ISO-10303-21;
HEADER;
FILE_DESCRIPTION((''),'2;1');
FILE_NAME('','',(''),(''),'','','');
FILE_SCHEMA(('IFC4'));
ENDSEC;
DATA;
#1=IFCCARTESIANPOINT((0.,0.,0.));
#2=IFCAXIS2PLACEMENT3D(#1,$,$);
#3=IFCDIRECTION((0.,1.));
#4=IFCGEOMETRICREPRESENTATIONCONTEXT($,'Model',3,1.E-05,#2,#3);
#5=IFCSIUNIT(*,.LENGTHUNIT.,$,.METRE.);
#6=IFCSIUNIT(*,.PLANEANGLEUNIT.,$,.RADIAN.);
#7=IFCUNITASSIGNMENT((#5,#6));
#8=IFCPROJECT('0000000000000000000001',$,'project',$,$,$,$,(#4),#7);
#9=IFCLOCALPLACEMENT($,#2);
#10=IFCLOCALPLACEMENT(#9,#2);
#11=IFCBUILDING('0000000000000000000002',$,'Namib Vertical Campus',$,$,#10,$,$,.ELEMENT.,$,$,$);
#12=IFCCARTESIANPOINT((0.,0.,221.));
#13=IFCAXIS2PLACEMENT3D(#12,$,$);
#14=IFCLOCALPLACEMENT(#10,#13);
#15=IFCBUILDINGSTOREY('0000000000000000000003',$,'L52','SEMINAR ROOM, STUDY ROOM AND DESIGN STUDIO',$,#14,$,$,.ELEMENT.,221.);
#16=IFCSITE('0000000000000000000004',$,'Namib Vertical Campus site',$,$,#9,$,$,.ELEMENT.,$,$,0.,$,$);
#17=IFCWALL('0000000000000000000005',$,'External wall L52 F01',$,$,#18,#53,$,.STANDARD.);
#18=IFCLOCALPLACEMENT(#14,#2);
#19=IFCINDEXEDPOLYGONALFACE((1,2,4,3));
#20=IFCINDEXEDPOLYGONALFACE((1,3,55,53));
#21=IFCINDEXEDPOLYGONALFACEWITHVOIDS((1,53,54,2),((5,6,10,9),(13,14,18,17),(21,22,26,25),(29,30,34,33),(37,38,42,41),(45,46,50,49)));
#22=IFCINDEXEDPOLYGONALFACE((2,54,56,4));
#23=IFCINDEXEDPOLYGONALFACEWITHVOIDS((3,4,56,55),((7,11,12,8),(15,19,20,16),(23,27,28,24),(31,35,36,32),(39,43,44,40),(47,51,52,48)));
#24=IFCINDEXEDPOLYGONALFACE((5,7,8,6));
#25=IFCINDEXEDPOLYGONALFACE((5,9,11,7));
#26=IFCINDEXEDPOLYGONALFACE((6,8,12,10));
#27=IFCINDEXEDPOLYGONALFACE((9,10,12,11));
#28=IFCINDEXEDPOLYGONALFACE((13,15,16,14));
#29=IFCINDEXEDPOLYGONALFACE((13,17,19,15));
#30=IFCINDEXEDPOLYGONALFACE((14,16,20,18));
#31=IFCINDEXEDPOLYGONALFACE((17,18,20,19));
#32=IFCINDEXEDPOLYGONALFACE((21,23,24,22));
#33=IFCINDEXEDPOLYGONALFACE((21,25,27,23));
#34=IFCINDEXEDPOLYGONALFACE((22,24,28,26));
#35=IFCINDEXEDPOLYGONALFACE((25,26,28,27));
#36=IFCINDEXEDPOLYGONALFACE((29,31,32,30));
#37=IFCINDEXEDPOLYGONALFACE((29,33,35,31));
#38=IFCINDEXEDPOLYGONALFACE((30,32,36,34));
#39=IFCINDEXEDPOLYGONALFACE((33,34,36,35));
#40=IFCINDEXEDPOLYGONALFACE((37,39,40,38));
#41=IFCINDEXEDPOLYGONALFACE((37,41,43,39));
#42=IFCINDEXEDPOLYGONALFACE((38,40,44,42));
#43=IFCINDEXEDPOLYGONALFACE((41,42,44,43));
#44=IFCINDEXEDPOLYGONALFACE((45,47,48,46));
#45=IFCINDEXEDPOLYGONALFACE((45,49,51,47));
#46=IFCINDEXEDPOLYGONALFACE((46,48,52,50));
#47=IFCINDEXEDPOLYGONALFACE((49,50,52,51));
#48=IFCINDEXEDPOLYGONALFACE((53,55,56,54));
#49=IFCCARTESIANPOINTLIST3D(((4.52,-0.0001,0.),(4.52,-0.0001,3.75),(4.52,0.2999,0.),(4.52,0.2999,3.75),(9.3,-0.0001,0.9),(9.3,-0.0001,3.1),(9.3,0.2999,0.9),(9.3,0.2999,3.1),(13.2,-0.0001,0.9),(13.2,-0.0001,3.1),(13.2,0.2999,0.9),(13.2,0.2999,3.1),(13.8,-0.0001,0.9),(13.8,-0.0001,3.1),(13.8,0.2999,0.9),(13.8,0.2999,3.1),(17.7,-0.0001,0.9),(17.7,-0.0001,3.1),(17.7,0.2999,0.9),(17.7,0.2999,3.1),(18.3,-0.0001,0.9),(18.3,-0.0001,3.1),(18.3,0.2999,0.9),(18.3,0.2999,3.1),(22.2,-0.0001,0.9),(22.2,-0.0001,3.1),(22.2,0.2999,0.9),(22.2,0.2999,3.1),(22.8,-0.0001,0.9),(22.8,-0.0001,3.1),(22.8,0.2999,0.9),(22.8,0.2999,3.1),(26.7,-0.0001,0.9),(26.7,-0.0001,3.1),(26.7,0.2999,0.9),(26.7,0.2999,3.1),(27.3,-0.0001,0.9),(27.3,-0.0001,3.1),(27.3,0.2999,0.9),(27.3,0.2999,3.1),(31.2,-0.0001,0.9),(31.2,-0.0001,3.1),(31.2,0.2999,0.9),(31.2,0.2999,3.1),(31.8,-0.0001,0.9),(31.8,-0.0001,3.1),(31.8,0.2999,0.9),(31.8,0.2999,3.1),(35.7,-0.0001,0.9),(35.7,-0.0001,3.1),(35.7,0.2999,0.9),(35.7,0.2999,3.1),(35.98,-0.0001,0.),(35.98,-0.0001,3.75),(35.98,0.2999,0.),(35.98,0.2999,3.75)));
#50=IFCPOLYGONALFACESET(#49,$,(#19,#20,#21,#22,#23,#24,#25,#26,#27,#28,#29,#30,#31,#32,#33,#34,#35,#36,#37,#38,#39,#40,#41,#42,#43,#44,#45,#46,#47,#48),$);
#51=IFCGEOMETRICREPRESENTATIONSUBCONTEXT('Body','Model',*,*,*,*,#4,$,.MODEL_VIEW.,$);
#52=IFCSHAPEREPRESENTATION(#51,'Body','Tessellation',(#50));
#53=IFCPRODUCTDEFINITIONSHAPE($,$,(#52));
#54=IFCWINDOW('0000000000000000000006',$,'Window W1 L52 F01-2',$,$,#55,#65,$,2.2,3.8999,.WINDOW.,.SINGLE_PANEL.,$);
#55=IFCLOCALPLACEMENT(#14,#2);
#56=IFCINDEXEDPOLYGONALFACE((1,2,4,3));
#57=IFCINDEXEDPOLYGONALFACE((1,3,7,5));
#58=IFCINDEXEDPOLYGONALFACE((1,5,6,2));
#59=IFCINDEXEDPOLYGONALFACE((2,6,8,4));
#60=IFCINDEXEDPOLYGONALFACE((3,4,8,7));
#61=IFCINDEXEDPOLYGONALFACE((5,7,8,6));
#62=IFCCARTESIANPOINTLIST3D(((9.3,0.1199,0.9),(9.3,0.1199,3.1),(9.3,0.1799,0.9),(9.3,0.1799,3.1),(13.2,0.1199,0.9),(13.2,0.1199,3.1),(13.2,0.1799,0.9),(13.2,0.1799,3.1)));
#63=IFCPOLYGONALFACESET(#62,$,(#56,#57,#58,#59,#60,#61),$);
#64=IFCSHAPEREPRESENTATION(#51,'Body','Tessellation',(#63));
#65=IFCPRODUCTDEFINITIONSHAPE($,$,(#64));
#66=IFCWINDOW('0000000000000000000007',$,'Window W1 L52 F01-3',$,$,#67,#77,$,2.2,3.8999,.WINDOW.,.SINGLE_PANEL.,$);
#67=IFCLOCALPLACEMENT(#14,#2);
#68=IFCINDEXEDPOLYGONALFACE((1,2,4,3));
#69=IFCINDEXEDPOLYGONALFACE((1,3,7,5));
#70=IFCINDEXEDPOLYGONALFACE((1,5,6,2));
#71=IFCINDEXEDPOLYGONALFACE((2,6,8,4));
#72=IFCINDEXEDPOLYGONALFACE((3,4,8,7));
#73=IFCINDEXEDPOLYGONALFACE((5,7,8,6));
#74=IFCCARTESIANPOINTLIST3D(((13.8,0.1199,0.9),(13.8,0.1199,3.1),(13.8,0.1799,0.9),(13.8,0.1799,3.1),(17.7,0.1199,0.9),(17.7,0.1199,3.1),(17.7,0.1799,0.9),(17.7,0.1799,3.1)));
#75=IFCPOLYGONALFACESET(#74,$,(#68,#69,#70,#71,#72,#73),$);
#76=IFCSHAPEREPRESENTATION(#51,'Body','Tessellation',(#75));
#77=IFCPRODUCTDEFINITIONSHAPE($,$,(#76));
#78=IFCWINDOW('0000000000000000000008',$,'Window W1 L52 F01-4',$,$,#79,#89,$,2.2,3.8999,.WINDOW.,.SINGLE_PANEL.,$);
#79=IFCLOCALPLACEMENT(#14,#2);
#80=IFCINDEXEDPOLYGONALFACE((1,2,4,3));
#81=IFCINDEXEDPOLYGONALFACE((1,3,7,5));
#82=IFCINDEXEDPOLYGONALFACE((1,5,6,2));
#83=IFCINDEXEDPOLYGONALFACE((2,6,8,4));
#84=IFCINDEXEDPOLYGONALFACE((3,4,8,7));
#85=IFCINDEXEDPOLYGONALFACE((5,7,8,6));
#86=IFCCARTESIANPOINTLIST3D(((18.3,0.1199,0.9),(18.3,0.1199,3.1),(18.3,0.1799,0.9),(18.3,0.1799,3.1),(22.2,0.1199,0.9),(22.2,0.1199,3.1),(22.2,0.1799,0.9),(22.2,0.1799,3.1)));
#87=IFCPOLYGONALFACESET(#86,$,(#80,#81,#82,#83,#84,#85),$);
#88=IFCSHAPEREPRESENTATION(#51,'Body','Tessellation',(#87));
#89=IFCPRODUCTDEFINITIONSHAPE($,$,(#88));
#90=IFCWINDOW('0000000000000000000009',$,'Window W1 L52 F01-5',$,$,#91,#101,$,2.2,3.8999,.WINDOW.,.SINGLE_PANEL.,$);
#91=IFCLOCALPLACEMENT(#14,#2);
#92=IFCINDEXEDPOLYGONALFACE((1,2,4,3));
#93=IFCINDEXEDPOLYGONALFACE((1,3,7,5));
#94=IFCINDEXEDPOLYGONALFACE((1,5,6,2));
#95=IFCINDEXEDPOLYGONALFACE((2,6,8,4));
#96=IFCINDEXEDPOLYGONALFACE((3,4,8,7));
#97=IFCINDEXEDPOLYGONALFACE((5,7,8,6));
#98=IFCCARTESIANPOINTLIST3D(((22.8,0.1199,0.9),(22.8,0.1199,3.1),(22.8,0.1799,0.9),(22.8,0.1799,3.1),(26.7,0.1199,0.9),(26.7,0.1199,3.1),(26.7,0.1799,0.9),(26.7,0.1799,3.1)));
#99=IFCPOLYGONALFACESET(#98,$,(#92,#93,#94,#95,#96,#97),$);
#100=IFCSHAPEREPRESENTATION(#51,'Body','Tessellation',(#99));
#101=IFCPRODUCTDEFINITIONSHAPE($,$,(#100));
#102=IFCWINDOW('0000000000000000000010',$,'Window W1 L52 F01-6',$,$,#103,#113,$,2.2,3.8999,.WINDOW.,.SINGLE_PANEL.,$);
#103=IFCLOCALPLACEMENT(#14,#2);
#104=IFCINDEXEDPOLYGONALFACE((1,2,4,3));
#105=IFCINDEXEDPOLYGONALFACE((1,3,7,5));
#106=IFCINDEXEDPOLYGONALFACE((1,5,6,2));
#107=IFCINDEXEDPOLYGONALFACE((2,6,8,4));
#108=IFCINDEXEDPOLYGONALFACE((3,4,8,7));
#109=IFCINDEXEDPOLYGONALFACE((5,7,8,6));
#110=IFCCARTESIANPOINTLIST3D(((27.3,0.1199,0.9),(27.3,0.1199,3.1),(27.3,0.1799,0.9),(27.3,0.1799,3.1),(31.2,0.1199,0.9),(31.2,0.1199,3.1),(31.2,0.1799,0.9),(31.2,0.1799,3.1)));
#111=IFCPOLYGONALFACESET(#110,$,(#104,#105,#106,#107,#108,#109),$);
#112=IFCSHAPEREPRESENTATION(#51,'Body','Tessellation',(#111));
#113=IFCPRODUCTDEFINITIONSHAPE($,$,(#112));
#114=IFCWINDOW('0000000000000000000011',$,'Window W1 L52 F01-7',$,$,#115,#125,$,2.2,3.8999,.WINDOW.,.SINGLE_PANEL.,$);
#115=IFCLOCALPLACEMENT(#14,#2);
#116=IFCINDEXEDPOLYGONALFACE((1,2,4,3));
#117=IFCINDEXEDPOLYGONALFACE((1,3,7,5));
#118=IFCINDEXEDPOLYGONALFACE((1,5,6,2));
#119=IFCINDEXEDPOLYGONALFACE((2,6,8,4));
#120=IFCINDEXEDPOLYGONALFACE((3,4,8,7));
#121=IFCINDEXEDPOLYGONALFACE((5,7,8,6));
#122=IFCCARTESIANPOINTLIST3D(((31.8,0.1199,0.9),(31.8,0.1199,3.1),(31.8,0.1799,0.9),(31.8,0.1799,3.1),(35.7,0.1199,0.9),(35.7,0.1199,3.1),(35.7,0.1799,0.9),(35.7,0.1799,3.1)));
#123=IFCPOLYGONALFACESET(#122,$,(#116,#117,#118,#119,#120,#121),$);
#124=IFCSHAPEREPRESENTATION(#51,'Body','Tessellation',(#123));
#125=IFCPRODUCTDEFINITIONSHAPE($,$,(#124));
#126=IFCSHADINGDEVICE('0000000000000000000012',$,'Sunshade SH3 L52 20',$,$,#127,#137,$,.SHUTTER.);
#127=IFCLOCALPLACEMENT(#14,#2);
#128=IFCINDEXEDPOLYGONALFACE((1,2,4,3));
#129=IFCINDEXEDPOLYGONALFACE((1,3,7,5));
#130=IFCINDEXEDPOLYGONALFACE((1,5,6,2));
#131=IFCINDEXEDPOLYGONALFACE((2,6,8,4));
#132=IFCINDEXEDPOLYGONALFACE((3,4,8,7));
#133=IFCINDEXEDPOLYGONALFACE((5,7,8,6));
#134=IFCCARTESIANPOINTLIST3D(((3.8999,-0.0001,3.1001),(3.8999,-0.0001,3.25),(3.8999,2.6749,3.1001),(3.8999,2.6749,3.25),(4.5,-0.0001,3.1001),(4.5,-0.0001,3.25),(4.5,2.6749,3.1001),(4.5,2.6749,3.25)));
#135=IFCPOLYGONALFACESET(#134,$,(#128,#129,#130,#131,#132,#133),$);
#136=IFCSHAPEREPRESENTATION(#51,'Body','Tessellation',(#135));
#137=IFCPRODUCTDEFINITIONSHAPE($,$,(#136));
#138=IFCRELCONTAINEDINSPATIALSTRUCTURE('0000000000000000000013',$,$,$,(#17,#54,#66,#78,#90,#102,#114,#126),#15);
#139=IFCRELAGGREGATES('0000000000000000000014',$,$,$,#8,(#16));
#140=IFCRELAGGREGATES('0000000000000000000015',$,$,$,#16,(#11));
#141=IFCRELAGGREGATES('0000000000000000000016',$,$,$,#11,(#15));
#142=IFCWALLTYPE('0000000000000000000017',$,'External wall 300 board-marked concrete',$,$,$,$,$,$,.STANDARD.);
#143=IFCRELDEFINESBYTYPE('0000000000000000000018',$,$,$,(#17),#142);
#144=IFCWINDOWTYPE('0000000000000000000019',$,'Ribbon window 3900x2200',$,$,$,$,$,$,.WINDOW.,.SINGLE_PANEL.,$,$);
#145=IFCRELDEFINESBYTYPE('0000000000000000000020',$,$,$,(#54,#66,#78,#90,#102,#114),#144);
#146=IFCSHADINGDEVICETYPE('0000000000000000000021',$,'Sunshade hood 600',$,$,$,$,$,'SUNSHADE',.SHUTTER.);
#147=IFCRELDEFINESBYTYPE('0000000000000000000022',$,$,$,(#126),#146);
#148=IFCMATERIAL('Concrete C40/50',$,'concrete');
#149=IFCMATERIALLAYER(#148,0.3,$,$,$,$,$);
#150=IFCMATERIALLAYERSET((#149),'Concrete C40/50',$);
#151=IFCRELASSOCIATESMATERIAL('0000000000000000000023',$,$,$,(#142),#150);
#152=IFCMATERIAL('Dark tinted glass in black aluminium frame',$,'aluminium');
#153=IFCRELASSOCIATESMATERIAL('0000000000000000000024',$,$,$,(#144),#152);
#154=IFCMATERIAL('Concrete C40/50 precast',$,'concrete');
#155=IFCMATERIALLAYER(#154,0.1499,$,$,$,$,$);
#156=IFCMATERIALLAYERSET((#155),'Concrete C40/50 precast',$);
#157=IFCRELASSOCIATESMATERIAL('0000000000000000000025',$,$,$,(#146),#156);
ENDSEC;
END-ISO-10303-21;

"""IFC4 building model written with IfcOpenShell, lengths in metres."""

from ifc_helpers import new_model, si_unit, direction, frame, frame_2d, origin, origin_2d, place, context, subcontext, project, spatial, rectangle, extrude, material, layer, layer_set, type_object, element, fill, save


model = new_model("IFC4")

# Units and contexts
model_context = context("Model", 3, precision=1e-05, world=origin(), true_north=direction((0.0, 1.0)))
body_context = subcontext(model_context, "Body", "Model", "MODEL_VIEW")
ifc_project = project(units=[si_unit("LENGTHUNIT", "METRE"), si_unit("PLANEANGLEUNIT", "RADIAN")], contexts=[model_context])

# Site, building, storey
site_placement = place(None, origin())
site = spatial("IfcSite", under=ifc_project, at=site_placement, Name="Namib Vertical Campus site", CompositionType="ELEMENT", RefElevation=0.0)
building_placement = place(site_placement, origin())
building = spatial("IfcBuilding", under=site, at=building_placement, Name="Namib Vertical Campus", CompositionType="ELEMENT")
storey_placement = place(building_placement, frame((0.0, 0.0, 221.0)))
storey = spatial("IfcBuildingStorey", under=building, at=storey_placement, Name="L52", Description="SEMINAR ROOM, STUDY ROOM AND DESIGN STUDIO", CompositionType="ELEMENT", Elevation=221.0)

# Wall, openings, windows
ifc_material_1 = material(Name="Concrete C40/50", Category="concrete")
ifc_layer_1 = layer(ifc_material_1, 0.3)
ifc_layer_set_1 = layer_set([ifc_layer_1], Name="Concrete C40/50")
wall_type = type_object("IfcWallType", Name="External wall 300 board-marked concrete", PredefinedType="STANDARD", material=ifc_layer_set_1)
wall_placement = place(storey_placement, frame((4.52, 0.1499, 0.0), z_axis=(0.0, 0.0, 1.0), x_axis=(1.0, 0.0, 0.0)))
wall = element("IfcWall", 1, at=wall_placement, inside=storey, type_object=wall_type, Name="External wall L52 F01", PredefinedType="STANDARD", context=body_context, shape_type="SweptSolid", body=[
    extrude(rectangle(XDim=31.46, YDim=0.3, at=frame_2d((15.73, 0.0))), origin(), (0.0, 0.0, 1.0), 3.75),
])
opening_1_placement = place(wall_placement, frame((4.78, 0.0, 0.8999)))
opening_1 = element("IfcOpeningElement", 2, at=opening_1_placement, cuts=wall, PredefinedType="OPENING", context=body_context, shape_type="SweptSolid", body=[
    extrude(rectangle(XDim=3.8999, YDim=2.2, at=frame_2d((1.95, 1.1001))), frame((0.0, 0.1599, 0.0), z_axis=(0.0, -1.0, 0.0), x_axis=(1.0, 0.0, 0.0)), (0.0, 0.0, 1.0), 0.3201),
])
opening_2_placement = place(wall_placement, frame((9.28, 0.0, 0.8999)))
opening_2 = element("IfcOpeningElement", 3, at=opening_2_placement, cuts=wall, PredefinedType="OPENING", context=body_context, shape_type="SweptSolid", body=[
    extrude(rectangle(XDim=3.8999, YDim=2.2, at=frame_2d((1.95, 1.1001))), frame((0.0, 0.1599, 0.0), z_axis=(0.0, -1.0, 0.0), x_axis=(1.0, 0.0, 0.0)), (0.0, 0.0, 1.0), 0.3201),
])
opening_3_placement = place(wall_placement, frame((13.78, 0.0, 0.8999)))
opening_3 = element("IfcOpeningElement", 4, at=opening_3_placement, cuts=wall, PredefinedType="OPENING", context=body_context, shape_type="SweptSolid", body=[
    extrude(rectangle(XDim=3.8999, YDim=2.2, at=frame_2d((1.95, 1.1001))), frame((0.0, 0.1599, 0.0), z_axis=(0.0, -1.0, 0.0), x_axis=(1.0, 0.0, 0.0)), (0.0, 0.0, 1.0), 0.3201),
])
opening_4_placement = place(wall_placement, frame((18.28, 0.0, 0.8999)))
opening_4 = element("IfcOpeningElement", 5, at=opening_4_placement, cuts=wall, PredefinedType="OPENING", context=body_context, shape_type="SweptSolid", body=[
    extrude(rectangle(XDim=3.8999, YDim=2.2, at=frame_2d((1.95, 1.1001))), frame((0.0, 0.1599, 0.0), z_axis=(0.0, -1.0, 0.0), x_axis=(1.0, 0.0, 0.0)), (0.0, 0.0, 1.0), 0.3201),
])
opening_5_placement = place(wall_placement, frame((22.78, 0.0, 0.8999)))
opening_5 = element("IfcOpeningElement", 6, at=opening_5_placement, cuts=wall, PredefinedType="OPENING", context=body_context, shape_type="SweptSolid", body=[
    extrude(rectangle(XDim=3.8999, YDim=2.2, at=frame_2d((1.95, 1.1001))), frame((0.0, 0.1599, 0.0), z_axis=(0.0, -1.0, 0.0), x_axis=(1.0, 0.0, 0.0)), (0.0, 0.0, 1.0), 0.3201),
])
opening_6_placement = place(wall_placement, frame((27.28, 0.0, 0.8999)))
opening_6 = element("IfcOpeningElement", 7, at=opening_6_placement, cuts=wall, PredefinedType="OPENING", context=body_context, shape_type="SweptSolid", body=[
    extrude(rectangle(XDim=3.8999, YDim=2.2, at=frame_2d((1.95, 1.1001))), frame((0.0, 0.1599, 0.0), z_axis=(0.0, -1.0, 0.0), x_axis=(1.0, 0.0, 0.0)), (0.0, 0.0, 1.0), 0.3201),
])
ifc_material_2 = material(Name="Dark tinted glass in black aluminium frame", Category="aluminium")
window_type = type_object("IfcWindowType", Name="Ribbon window 3900x2200", PartitioningType="SINGLE_PANEL", PredefinedType="WINDOW", material=ifc_material_2)
window_1_placement = place(opening_1_placement, origin())
window_1 = element("IfcWindow", 8, at=window_1_placement, inside=storey, type_object=window_type, Name="Window W1 L52 F01-2", OverallHeight=2.2, OverallWidth=3.8999, PartitioningType="SINGLE_PANEL", PredefinedType="WINDOW", context=body_context, shape_type="SweptSolid", body=[
    extrude(rectangle(XDim=3.8999, YDim=2.2, at=frame_2d((1.95, 1.1001))), frame((0.0, 0.03, 0.0), z_axis=(0.0, -1.0, 0.0), x_axis=(1.0, 0.0, 0.0)), (0.0, 0.0, 1.0), 0.0601),
])
fill(opening_1, window_1)
window_2_placement = place(opening_2_placement, origin())
window_2 = element("IfcWindow", 9, at=window_2_placement, inside=storey, type_object=window_type, Name="Window W1 L52 F01-3", OverallHeight=2.2, OverallWidth=3.8999, PartitioningType="SINGLE_PANEL", PredefinedType="WINDOW", context=body_context, shape_type="SweptSolid", body=[
    extrude(rectangle(XDim=3.8999, YDim=2.2, at=frame_2d((1.95, 1.1001))), frame((0.0, 0.03, 0.0), z_axis=(0.0, -1.0, 0.0), x_axis=(1.0, 0.0, 0.0)), (0.0, 0.0, 1.0), 0.0601),
])
fill(opening_2, window_2)
window_3_placement = place(opening_3_placement, origin())
window_3 = element("IfcWindow", 10, at=window_3_placement, inside=storey, type_object=window_type, Name="Window W1 L52 F01-4", OverallHeight=2.2, OverallWidth=3.8999, PartitioningType="SINGLE_PANEL", PredefinedType="WINDOW", context=body_context, shape_type="SweptSolid", body=[
    extrude(rectangle(XDim=3.8999, YDim=2.2, at=frame_2d((1.95, 1.1001))), frame((0.0, 0.03, 0.0), z_axis=(0.0, -1.0, 0.0), x_axis=(1.0, 0.0, 0.0)), (0.0, 0.0, 1.0), 0.0601),
])
fill(opening_3, window_3)
window_4_placement = place(opening_4_placement, origin())
window_4 = element("IfcWindow", 11, at=window_4_placement, inside=storey, type_object=window_type, Name="Window W1 L52 F01-5", OverallHeight=2.2, OverallWidth=3.8999, PartitioningType="SINGLE_PANEL", PredefinedType="WINDOW", context=body_context, shape_type="SweptSolid", body=[
    extrude(rectangle(XDim=3.8999, YDim=2.2, at=frame_2d((1.95, 1.1001))), frame((0.0, 0.03, 0.0), z_axis=(0.0, -1.0, 0.0), x_axis=(1.0, 0.0, 0.0)), (0.0, 0.0, 1.0), 0.0601),
])
fill(opening_4, window_4)
window_5_placement = place(opening_5_placement, origin())
window_5 = element("IfcWindow", 12, at=window_5_placement, inside=storey, type_object=window_type, Name="Window W1 L52 F01-6", OverallHeight=2.2, OverallWidth=3.8999, PartitioningType="SINGLE_PANEL", PredefinedType="WINDOW", context=body_context, shape_type="SweptSolid", body=[
    extrude(rectangle(XDim=3.8999, YDim=2.2, at=frame_2d((1.95, 1.1001))), frame((0.0, 0.03, 0.0), z_axis=(0.0, -1.0, 0.0), x_axis=(1.0, 0.0, 0.0)), (0.0, 0.0, 1.0), 0.0601),
])
fill(opening_5, window_5)
window_6_placement = place(opening_6_placement, origin())
window_6 = element("IfcWindow", 13, at=window_6_placement, inside=storey, type_object=window_type, Name="Window W1 L52 F01-7", OverallHeight=2.2, OverallWidth=3.8999, PartitioningType="SINGLE_PANEL", PredefinedType="WINDOW", context=body_context, shape_type="SweptSolid", body=[
    extrude(rectangle(XDim=3.8999, YDim=2.2, at=frame_2d((1.95, 1.1001))), frame((0.0, 0.03, 0.0), z_axis=(0.0, -1.0, 0.0), x_axis=(1.0, 0.0, 0.0)), (0.0, 0.0, 1.0), 0.0601),
])
fill(opening_6, window_6)

# Shading device
ifc_material_3 = material(Name="Concrete C40/50 precast", Category="concrete")
ifc_layer_2 = layer(ifc_material_3, 0.1499)
ifc_layer_set_2 = layer_set([ifc_layer_2], Name="Concrete C40/50 precast")
shading_device_type = type_object("IfcShadingDeviceType", Name="Sunshade hood 600", ElementType="SUNSHADE", PredefinedType="SHUTTER", material=ifc_layer_set_2)
shading_device_placement = place(storey_placement, frame((4.2, 1.3374, 3.1001), z_axis=(0.0, 0.0, 1.0), x_axis=(0.0, -1.0, 0.0)))
element("IfcShadingDevice", 14, at=shading_device_placement, inside=storey, type_object=shading_device_type, Name="Sunshade SH3 L52 20", PredefinedType="SHUTTER", context=body_context, shape_type="SweptSolid", body=[
    extrude(rectangle(XDim=2.675, YDim=0.6001, at=origin_2d()), origin(), (0.0, 0.0, 1.0), 0.1499),
])

save(model, "model.ifc")
